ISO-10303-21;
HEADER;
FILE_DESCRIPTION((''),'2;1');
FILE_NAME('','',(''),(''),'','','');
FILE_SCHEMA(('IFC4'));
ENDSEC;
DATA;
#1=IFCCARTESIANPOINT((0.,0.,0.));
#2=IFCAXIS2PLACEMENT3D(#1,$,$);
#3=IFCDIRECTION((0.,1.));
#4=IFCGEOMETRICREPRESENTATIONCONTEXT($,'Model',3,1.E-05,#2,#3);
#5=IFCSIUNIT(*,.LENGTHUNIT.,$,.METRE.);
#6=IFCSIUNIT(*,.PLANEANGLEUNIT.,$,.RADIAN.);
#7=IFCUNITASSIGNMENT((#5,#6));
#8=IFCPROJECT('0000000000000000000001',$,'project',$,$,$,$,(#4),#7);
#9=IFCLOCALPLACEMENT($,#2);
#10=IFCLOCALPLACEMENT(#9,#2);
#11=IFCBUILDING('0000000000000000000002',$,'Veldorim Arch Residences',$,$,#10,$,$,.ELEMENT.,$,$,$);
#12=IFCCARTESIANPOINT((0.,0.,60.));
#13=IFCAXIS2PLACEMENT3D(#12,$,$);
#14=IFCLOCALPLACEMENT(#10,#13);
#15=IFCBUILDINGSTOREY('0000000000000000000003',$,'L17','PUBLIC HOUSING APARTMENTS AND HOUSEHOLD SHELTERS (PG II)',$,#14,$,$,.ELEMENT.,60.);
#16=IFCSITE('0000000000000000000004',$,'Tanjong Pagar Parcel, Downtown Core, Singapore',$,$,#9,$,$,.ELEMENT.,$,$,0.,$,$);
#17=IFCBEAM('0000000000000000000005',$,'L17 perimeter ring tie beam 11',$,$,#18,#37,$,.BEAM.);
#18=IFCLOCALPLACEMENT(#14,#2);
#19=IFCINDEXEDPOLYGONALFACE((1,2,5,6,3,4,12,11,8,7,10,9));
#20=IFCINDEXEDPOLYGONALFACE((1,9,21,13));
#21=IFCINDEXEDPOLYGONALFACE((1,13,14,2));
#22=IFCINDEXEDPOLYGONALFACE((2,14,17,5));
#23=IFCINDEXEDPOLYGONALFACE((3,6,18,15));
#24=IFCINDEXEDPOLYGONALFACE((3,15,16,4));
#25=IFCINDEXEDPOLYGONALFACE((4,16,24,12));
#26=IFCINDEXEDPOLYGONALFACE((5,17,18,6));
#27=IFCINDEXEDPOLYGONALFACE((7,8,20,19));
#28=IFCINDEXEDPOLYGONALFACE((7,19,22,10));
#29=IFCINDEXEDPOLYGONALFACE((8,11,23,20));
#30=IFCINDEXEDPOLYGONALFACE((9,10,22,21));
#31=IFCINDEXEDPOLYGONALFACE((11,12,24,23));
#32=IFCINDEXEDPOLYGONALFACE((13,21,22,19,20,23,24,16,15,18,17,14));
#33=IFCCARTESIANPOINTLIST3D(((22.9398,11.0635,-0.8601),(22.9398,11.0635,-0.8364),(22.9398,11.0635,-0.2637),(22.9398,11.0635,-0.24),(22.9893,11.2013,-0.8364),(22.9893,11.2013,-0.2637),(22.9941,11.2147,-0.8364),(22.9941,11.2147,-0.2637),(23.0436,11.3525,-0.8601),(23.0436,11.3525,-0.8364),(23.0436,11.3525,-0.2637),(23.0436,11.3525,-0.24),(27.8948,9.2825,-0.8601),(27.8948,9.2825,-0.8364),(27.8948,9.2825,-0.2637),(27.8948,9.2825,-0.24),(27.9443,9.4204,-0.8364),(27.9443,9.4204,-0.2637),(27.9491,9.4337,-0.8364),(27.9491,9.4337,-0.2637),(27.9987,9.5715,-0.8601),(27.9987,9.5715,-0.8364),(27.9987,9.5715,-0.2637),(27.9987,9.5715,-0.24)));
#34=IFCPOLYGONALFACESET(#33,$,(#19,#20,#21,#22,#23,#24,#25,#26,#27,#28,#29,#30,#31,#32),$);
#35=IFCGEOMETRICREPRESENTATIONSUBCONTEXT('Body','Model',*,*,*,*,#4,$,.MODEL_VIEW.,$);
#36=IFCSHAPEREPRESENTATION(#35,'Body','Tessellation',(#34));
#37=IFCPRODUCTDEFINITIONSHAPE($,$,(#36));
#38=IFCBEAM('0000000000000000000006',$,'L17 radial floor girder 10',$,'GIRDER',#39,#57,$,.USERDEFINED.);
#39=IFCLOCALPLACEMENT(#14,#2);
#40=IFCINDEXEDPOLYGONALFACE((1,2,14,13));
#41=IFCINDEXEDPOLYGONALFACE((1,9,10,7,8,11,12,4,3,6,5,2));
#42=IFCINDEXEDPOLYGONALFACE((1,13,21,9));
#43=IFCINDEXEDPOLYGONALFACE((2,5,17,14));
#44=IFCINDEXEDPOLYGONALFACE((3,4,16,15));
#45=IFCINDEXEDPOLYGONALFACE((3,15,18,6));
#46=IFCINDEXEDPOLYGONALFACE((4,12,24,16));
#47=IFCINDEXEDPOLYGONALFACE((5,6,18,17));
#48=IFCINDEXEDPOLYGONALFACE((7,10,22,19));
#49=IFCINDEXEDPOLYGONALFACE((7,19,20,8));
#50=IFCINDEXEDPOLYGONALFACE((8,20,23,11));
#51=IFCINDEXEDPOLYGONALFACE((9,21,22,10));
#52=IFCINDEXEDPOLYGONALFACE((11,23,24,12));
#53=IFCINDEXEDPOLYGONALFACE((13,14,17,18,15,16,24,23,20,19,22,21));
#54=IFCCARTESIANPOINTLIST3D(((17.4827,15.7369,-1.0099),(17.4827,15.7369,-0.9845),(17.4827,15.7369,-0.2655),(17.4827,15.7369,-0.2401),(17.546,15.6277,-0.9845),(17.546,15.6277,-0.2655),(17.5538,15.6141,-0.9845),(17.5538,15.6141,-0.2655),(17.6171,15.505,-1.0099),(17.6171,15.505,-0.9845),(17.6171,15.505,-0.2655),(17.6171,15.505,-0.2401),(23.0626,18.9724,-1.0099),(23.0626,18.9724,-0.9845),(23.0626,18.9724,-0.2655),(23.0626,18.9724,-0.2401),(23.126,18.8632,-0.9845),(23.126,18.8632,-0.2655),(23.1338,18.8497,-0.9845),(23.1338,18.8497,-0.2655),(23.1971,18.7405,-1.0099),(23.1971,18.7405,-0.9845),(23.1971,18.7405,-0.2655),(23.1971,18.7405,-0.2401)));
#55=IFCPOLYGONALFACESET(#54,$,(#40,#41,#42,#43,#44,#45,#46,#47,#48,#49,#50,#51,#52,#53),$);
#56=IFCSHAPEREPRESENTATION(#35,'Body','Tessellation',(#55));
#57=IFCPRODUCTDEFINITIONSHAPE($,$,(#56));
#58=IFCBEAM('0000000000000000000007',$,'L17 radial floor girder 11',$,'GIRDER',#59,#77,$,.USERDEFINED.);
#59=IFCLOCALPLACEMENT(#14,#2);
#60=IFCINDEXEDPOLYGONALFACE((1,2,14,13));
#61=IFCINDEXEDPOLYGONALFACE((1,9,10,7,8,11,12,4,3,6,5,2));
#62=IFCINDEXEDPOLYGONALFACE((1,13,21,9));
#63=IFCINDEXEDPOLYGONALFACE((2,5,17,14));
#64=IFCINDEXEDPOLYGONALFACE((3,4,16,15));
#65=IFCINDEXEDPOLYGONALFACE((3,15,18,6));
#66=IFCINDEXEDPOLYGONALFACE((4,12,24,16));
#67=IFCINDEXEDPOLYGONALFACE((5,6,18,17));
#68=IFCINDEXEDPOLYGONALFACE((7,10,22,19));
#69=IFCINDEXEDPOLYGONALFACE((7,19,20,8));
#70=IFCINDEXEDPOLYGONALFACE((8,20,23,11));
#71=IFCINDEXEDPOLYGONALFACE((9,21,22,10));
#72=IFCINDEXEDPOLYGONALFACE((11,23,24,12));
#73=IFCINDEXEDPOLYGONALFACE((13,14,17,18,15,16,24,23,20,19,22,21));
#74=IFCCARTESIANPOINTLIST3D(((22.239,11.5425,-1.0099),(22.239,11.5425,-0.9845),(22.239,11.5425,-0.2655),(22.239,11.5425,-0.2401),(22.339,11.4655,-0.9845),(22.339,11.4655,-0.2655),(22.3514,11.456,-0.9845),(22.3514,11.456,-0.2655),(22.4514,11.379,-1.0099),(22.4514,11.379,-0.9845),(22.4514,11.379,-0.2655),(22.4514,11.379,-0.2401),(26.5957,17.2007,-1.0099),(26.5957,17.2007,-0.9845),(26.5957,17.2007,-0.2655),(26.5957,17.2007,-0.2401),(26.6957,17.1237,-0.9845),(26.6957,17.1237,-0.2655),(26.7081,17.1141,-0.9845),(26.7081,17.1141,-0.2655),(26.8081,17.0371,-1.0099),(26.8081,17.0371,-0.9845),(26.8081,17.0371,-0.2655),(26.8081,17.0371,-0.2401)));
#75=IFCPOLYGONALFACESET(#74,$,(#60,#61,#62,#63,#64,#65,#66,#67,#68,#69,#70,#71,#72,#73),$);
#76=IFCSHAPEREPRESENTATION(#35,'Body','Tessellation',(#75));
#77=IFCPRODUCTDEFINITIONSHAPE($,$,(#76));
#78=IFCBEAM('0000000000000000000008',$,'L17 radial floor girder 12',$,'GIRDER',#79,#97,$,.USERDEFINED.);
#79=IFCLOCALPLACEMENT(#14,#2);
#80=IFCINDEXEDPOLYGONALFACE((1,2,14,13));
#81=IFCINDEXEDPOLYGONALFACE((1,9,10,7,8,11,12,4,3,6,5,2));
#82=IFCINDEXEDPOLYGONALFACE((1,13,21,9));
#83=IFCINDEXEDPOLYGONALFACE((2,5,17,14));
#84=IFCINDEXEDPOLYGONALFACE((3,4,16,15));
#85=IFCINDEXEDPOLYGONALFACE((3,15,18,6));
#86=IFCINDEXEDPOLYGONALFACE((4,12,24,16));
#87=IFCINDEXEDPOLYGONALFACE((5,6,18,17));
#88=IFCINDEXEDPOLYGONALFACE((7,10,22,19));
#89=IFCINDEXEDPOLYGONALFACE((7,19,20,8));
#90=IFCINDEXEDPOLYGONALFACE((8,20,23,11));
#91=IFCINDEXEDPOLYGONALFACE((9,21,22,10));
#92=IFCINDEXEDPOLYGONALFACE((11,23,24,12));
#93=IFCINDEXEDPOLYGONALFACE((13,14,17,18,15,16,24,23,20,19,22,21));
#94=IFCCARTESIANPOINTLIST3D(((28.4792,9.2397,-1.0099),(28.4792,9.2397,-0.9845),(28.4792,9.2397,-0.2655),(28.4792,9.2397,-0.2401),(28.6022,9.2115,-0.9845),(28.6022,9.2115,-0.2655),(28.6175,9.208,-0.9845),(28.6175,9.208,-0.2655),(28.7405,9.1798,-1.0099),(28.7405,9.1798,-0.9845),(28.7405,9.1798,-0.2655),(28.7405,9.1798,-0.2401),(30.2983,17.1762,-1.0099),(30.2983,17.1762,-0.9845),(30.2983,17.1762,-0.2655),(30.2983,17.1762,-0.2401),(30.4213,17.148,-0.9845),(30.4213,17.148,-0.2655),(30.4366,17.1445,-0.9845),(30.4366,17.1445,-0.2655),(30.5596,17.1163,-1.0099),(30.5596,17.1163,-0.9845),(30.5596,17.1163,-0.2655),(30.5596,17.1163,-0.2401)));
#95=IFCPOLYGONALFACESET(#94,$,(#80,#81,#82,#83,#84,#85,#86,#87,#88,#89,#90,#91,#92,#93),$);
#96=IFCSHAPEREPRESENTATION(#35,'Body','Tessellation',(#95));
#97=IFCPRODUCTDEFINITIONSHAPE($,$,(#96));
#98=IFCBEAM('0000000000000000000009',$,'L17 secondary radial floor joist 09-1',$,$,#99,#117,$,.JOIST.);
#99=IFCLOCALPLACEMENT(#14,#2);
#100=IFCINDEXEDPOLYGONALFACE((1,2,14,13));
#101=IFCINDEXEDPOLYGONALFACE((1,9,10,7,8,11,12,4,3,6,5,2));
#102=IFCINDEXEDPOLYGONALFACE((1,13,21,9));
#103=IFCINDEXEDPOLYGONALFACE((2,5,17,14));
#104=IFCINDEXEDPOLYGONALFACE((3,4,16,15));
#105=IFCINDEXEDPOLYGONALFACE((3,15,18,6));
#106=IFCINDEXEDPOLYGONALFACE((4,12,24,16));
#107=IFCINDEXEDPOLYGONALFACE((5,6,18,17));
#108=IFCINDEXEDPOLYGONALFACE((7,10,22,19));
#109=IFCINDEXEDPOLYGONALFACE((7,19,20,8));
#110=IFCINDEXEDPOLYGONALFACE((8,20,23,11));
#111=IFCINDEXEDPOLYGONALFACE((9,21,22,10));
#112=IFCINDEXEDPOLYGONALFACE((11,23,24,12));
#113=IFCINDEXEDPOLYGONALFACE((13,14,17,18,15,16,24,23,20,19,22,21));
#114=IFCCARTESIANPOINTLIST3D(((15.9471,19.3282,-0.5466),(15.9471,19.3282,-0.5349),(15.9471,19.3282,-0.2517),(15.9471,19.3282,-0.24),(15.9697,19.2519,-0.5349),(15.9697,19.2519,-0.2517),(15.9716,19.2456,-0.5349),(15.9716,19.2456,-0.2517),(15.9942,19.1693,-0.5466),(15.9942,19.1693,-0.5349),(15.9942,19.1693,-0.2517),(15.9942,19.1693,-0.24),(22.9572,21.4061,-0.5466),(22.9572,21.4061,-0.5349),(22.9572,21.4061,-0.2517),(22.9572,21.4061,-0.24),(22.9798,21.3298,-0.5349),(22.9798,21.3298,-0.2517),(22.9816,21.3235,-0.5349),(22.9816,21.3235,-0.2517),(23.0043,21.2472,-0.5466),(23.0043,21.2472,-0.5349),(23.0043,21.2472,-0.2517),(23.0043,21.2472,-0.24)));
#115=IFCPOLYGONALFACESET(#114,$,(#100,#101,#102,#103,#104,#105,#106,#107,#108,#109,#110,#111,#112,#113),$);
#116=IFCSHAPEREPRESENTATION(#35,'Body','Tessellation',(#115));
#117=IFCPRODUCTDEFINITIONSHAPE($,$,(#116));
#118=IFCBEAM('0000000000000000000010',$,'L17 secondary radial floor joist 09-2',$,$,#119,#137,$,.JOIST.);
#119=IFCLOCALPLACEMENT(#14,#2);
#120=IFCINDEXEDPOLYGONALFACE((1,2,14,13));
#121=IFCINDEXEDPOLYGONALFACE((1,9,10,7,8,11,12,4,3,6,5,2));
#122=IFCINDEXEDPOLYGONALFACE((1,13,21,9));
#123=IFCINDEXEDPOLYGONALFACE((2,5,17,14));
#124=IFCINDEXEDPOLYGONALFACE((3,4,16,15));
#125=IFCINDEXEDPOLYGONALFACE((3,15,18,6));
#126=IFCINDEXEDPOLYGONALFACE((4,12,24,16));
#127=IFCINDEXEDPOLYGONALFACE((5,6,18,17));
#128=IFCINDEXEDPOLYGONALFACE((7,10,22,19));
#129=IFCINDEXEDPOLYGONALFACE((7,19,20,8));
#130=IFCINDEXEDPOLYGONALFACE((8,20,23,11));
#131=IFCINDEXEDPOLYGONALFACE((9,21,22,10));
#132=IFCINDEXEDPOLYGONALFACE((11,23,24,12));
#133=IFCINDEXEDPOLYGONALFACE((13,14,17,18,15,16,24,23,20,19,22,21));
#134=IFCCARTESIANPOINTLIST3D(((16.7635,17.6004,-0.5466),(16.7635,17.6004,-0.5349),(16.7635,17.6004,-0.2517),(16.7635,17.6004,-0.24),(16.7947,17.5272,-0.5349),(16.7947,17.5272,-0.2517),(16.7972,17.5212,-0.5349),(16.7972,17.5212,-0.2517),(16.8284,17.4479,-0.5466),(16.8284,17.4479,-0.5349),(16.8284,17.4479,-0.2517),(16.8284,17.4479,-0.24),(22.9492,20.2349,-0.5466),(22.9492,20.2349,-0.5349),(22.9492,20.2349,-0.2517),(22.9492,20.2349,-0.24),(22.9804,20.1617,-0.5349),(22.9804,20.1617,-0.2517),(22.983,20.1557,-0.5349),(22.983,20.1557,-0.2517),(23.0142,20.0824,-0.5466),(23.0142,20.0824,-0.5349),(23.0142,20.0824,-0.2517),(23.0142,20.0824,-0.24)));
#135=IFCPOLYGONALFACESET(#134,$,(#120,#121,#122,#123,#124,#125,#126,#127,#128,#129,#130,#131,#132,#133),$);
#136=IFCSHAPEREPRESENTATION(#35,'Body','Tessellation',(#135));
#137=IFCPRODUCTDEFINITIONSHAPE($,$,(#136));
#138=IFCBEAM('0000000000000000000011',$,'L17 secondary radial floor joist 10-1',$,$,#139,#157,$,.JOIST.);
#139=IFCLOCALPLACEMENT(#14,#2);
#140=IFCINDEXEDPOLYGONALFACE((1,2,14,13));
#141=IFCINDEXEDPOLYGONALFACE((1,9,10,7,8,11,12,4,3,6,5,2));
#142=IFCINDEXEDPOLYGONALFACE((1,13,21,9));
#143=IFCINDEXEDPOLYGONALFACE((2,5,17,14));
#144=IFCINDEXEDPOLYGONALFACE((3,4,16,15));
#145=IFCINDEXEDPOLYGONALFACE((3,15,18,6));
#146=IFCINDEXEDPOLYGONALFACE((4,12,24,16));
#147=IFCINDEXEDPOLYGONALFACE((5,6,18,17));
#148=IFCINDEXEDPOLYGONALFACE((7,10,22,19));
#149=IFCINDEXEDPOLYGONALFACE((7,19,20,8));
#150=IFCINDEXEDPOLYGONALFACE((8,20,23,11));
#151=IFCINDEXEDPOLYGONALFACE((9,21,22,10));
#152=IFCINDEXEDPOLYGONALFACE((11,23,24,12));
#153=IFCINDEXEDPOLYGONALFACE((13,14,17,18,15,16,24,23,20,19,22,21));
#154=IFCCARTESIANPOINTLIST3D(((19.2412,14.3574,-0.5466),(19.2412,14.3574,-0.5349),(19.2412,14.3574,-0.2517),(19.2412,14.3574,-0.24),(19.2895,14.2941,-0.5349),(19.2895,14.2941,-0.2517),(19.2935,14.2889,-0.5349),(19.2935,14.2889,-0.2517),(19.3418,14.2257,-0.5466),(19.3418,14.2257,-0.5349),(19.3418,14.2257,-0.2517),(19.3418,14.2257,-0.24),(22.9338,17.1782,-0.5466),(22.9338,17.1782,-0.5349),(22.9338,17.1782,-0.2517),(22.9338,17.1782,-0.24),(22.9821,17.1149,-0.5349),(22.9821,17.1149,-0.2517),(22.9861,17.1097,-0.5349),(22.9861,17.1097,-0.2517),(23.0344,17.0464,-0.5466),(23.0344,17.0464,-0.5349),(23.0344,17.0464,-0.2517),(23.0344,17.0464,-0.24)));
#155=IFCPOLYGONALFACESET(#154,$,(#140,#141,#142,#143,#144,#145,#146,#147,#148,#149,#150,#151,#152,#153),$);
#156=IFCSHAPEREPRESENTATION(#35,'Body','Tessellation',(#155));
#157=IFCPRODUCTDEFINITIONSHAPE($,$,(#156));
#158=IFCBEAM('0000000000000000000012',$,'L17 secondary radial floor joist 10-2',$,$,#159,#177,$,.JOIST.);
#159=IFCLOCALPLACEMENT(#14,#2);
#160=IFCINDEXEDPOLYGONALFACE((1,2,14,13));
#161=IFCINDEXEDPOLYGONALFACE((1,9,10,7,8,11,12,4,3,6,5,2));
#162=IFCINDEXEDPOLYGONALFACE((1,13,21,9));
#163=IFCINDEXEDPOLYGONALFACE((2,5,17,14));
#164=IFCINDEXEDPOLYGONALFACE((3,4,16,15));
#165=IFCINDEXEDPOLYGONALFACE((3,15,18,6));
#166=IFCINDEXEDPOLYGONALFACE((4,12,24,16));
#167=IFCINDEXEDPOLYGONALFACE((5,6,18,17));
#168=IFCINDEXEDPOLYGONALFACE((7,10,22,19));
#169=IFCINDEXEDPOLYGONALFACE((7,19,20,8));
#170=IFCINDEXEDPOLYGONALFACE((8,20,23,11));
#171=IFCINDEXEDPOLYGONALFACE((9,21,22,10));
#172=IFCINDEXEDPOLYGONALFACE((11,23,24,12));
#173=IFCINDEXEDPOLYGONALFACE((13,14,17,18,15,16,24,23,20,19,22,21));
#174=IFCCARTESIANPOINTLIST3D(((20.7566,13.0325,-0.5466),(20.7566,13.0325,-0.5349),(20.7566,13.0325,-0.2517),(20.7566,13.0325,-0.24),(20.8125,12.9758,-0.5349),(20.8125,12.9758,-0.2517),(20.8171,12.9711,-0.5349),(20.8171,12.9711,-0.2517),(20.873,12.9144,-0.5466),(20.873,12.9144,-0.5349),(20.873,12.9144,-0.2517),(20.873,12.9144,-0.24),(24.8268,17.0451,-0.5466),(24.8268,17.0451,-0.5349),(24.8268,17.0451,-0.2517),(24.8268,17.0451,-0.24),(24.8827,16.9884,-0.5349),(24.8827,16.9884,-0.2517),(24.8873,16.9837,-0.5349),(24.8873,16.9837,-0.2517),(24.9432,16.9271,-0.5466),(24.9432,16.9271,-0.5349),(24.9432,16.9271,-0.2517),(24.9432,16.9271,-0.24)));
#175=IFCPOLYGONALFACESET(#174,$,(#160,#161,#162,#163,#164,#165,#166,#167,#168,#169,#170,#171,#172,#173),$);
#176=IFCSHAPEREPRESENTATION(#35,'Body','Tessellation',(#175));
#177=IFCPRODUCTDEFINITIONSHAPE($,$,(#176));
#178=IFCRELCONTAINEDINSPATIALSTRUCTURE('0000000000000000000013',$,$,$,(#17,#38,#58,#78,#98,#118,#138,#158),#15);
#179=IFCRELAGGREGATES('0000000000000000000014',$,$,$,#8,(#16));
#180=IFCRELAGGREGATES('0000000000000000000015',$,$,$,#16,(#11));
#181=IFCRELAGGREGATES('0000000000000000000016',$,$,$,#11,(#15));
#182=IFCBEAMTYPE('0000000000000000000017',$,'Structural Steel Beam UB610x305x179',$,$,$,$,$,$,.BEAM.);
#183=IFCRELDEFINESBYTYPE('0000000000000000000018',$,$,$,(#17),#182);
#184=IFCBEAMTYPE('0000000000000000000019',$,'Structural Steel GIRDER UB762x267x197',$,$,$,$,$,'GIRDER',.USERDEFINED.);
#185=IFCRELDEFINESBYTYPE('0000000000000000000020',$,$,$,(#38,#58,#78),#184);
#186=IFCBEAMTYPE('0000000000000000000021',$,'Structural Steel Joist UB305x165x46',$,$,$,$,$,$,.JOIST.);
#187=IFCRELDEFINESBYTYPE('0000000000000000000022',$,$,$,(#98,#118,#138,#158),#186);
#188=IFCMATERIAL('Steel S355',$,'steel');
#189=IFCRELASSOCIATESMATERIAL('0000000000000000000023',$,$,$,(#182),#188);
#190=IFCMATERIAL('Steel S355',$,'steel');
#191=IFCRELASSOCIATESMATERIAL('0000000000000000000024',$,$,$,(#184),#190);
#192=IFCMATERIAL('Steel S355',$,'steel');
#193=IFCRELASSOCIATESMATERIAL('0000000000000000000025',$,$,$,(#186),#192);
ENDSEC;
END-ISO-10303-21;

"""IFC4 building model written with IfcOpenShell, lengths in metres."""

from ifc_helpers import new_model, si_unit, direction, frame, origin, origin_2d, place, context, subcontext, project, spatial, i_section, extrude, material, material_profile, profile_set, type_object, element, save


model = new_model("IFC4")

# Units and contexts
model_context = context("Model", 3, precision=1e-05, world=origin(), true_north=direction((0.0, 1.0)))
body_context = subcontext(model_context, "Body", "Model", "MODEL_VIEW")
ifc_project = project(units=[si_unit("LENGTHUNIT", "METRE"), si_unit("PLANEANGLEUNIT", "RADIAN")], contexts=[model_context])

# Site, building, storey
site_placement = place(None, origin())
site = spatial("IfcSite", under=ifc_project, at=site_placement, Name="Tanjong Pagar Parcel, Downtown Core, Singapore", CompositionType="ELEMENT", RefElevation=0.0)
building_placement = place(site_placement, origin())
building = spatial("IfcBuilding", under=site, at=building_placement, Name="Veldorim Arch Residences", CompositionType="ELEMENT")
storey_placement = place(building_placement, frame((0.0, 0.0, 60.0)))
storey = spatial("IfcBuildingStorey", under=building, at=storey_placement, Name="L17", Description="PUBLIC HOUSING APARTMENTS AND HOUSEHOLD SHELTERS (PG II)", CompositionType="ELEMENT", Elevation=60.0)

# Beams
ifc_material_1 = material(Name="Steel S355", Category="steel")
ifc_material_profile_1 = material_profile(ifc_material_1, i_section(OverallWidth=0.3071, OverallDepth=0.6201, WebThickness=0.0142, FlangeThickness=0.0237, at=origin_2d()), Name="UB610x305x179")
ifc_profile_set_1 = profile_set([ifc_material_profile_1], Name="Steel S355")
beam_type_1 = type_object("IfcBeamType", Name="Structural Steel Beam UB610x305x179", PredefinedType="BEAM", material=ifc_profile_set_1)
beam_1_placement = place(storey_placement, frame((22.9917, 11.208, -0.55), z_axis=(0.941058, -0.338245, 0.0), x_axis=(0.338245, 0.941058, 0.0)))
element("IfcBeam", 1, at=beam_1_placement, inside=storey, type_object=beam_type_1, Name="L17 perimeter ring tie beam 11", PredefinedType="BEAM", context=body_context, shape_type="SweptSolid", body=[
    extrude(i_section(OverallWidth=0.3071, OverallDepth=0.6201, WebThickness=0.0142, FlangeThickness=0.0237, at=origin_2d()), origin(), (0.0, 0.0, 1.0), 5.2654),
])
ifc_material_2 = material(Name="Steel S355", Category="steel")
ifc_material_profile_2 = material_profile(ifc_material_2, i_section(OverallWidth=0.2681, OverallDepth=0.7698, WebThickness=0.0156, FlangeThickness=0.0254, at=origin_2d()), Name="UB762x267x197")
ifc_profile_set_2 = profile_set([ifc_material_profile_2], Name="Steel S355")
beam_type_2 = type_object("IfcBeamType", Name="Structural Steel GIRDER UB762x267x197", ElementType="GIRDER", PredefinedType="USERDEFINED", material=ifc_profile_set_2)
beam_2_placement = place(storey_placement, frame((23.1299, 18.8564, -0.625), z_axis=(-0.865088, -0.50162, 0.0), x_axis=(0.50162, -0.865088, 0.0)))
element("IfcBeam", 2, at=beam_2_placement, inside=storey, type_object=beam_type_2, Name="L17 radial floor girder 10", ObjectType="GIRDER", PredefinedType="USERDEFINED", context=body_context, shape_type="SweptSolid", body=[
    extrude(i_section(OverallWidth=0.2681, OverallDepth=0.7698, WebThickness=0.0156, FlangeThickness=0.0254, at=origin_2d()), origin(), (0.0, 0.0, 1.0), 6.4502),
])
beam_3_placement = place(storey_placement, frame((26.7019, 17.1189, -0.625), z_axis=(-0.610082, -0.792338, 0.0), x_axis=(0.792338, -0.610082, 0.0)))
element("IfcBeam", 3, at=beam_3_placement, inside=storey, type_object=beam_type_2, Name="L17 radial floor girder 11", ObjectType="GIRDER", PredefinedType="USERDEFINED", context=body_context, shape_type="SweptSolid", body=[
    extrude(i_section(OverallWidth=0.2681, OverallDepth=0.7698, WebThickness=0.0156, FlangeThickness=0.0254, at=origin_2d()), origin(), (0.0, 0.0, 1.0), 7.1411),
])
beam_4_placement = place(storey_placement, frame((30.429, 17.1462, -0.625), z_axis=(-0.223412, -0.974724, 0.0), x_axis=(0.974724, -0.223412, 0.0)))
element("IfcBeam", 4, at=beam_4_placement, inside=storey, type_object=beam_type_2, Name="L17 radial floor girder 12", ObjectType="GIRDER", PredefinedType="USERDEFINED", context=body_context, shape_type="SweptSolid", body=[
    extrude(i_section(OverallWidth=0.2681, OverallDepth=0.7698, WebThickness=0.0156, FlangeThickness=0.0254, at=origin_2d()), origin(), (0.0, 0.0, 1.0), 8.1423),
])
ifc_material_3 = material(Name="Steel S355", Category="steel")
ifc_material_profile_3 = material_profile(ifc_material_3, i_section(OverallWidth=0.1658, OverallDepth=0.3066, WebThickness=0.0066, FlangeThickness=0.0117, at=origin_2d()), Name="UB305x165x46")
ifc_profile_set_3 = profile_set([ifc_material_profile_3], Name="Steel S355")
beam_type_3 = type_object("IfcBeamType", Name="Structural Steel Joist UB305x165x46", PredefinedType="JOIST", material=ifc_profile_set_3)
beam_5_placement = place(storey_placement, frame((22.9807, 21.3267, -0.3933), z_axis=(-0.958767, -0.284194, 0.0), x_axis=(0.284194, -0.958767, 0.0)))
element("IfcBeam", 5, at=beam_5_placement, inside=storey, type_object=beam_type_3, Name="L17 secondary radial floor joist 09-1", PredefinedType="JOIST", context=body_context, shape_type="SweptSolid", body=[
    extrude(i_section(OverallWidth=0.1658, OverallDepth=0.3066, WebThickness=0.0066, FlangeThickness=0.0117, at=origin_2d()), origin(), (0.0, 0.0, 1.0), 7.3115),
])
beam_6_placement = place(storey_placement, frame((22.9817, 20.1587, -0.3933), z_axis=(-0.920033, -0.391841, 0.0), x_axis=(0.391841, -0.920033, 0.0)))
element("IfcBeam", 6, at=beam_6_placement, inside=storey, type_object=beam_type_3, Name="L17 secondary radial floor joist 09-2", PredefinedType="JOIST", context=body_context, shape_type="SweptSolid", body=[
    extrude(i_section(OverallWidth=0.1658, OverallDepth=0.3066, WebThickness=0.0066, FlangeThickness=0.0117, at=origin_2d()), origin(), (0.0, 0.0, 1.0), 6.7234),
])
beam_7_placement = place(storey_placement, frame((22.9841, 17.1123, -0.3933), z_axis=(-0.794666, -0.607046, 0.0), x_axis=(0.607046, -0.794666, 0.0)))
element("IfcBeam", 7, at=beam_7_placement, inside=storey, type_object=beam_type_3, Name="L17 secondary radial floor joist 10-1", PredefinedType="JOIST", context=body_context, shape_type="SweptSolid", body=[
    extrude(i_section(OverallWidth=0.1658, OverallDepth=0.3066, WebThickness=0.0066, FlangeThickness=0.0117, at=origin_2d()), origin(), (0.0, 0.0, 1.0), 4.6467),
])
beam_8_placement = place(storey_placement, frame((24.885, 16.9861, -0.3933), z_axis=(-0.712129, -0.702049, 0.0), x_axis=(0.702049, -0.712129, 0.0)))
element("IfcBeam", 8, at=beam_8_placement, inside=storey, type_object=beam_type_3, Name="L17 secondary radial floor joist 10-2", PredefinedType="JOIST", context=body_context, shape_type="SweptSolid", body=[
    extrude(i_section(OverallWidth=0.1658, OverallDepth=0.3066, WebThickness=0.0066, FlangeThickness=0.0117, at=origin_2d()), origin(), (0.0, 0.0, 1.0), 5.7156),
])

save(model, "model.ifc")
